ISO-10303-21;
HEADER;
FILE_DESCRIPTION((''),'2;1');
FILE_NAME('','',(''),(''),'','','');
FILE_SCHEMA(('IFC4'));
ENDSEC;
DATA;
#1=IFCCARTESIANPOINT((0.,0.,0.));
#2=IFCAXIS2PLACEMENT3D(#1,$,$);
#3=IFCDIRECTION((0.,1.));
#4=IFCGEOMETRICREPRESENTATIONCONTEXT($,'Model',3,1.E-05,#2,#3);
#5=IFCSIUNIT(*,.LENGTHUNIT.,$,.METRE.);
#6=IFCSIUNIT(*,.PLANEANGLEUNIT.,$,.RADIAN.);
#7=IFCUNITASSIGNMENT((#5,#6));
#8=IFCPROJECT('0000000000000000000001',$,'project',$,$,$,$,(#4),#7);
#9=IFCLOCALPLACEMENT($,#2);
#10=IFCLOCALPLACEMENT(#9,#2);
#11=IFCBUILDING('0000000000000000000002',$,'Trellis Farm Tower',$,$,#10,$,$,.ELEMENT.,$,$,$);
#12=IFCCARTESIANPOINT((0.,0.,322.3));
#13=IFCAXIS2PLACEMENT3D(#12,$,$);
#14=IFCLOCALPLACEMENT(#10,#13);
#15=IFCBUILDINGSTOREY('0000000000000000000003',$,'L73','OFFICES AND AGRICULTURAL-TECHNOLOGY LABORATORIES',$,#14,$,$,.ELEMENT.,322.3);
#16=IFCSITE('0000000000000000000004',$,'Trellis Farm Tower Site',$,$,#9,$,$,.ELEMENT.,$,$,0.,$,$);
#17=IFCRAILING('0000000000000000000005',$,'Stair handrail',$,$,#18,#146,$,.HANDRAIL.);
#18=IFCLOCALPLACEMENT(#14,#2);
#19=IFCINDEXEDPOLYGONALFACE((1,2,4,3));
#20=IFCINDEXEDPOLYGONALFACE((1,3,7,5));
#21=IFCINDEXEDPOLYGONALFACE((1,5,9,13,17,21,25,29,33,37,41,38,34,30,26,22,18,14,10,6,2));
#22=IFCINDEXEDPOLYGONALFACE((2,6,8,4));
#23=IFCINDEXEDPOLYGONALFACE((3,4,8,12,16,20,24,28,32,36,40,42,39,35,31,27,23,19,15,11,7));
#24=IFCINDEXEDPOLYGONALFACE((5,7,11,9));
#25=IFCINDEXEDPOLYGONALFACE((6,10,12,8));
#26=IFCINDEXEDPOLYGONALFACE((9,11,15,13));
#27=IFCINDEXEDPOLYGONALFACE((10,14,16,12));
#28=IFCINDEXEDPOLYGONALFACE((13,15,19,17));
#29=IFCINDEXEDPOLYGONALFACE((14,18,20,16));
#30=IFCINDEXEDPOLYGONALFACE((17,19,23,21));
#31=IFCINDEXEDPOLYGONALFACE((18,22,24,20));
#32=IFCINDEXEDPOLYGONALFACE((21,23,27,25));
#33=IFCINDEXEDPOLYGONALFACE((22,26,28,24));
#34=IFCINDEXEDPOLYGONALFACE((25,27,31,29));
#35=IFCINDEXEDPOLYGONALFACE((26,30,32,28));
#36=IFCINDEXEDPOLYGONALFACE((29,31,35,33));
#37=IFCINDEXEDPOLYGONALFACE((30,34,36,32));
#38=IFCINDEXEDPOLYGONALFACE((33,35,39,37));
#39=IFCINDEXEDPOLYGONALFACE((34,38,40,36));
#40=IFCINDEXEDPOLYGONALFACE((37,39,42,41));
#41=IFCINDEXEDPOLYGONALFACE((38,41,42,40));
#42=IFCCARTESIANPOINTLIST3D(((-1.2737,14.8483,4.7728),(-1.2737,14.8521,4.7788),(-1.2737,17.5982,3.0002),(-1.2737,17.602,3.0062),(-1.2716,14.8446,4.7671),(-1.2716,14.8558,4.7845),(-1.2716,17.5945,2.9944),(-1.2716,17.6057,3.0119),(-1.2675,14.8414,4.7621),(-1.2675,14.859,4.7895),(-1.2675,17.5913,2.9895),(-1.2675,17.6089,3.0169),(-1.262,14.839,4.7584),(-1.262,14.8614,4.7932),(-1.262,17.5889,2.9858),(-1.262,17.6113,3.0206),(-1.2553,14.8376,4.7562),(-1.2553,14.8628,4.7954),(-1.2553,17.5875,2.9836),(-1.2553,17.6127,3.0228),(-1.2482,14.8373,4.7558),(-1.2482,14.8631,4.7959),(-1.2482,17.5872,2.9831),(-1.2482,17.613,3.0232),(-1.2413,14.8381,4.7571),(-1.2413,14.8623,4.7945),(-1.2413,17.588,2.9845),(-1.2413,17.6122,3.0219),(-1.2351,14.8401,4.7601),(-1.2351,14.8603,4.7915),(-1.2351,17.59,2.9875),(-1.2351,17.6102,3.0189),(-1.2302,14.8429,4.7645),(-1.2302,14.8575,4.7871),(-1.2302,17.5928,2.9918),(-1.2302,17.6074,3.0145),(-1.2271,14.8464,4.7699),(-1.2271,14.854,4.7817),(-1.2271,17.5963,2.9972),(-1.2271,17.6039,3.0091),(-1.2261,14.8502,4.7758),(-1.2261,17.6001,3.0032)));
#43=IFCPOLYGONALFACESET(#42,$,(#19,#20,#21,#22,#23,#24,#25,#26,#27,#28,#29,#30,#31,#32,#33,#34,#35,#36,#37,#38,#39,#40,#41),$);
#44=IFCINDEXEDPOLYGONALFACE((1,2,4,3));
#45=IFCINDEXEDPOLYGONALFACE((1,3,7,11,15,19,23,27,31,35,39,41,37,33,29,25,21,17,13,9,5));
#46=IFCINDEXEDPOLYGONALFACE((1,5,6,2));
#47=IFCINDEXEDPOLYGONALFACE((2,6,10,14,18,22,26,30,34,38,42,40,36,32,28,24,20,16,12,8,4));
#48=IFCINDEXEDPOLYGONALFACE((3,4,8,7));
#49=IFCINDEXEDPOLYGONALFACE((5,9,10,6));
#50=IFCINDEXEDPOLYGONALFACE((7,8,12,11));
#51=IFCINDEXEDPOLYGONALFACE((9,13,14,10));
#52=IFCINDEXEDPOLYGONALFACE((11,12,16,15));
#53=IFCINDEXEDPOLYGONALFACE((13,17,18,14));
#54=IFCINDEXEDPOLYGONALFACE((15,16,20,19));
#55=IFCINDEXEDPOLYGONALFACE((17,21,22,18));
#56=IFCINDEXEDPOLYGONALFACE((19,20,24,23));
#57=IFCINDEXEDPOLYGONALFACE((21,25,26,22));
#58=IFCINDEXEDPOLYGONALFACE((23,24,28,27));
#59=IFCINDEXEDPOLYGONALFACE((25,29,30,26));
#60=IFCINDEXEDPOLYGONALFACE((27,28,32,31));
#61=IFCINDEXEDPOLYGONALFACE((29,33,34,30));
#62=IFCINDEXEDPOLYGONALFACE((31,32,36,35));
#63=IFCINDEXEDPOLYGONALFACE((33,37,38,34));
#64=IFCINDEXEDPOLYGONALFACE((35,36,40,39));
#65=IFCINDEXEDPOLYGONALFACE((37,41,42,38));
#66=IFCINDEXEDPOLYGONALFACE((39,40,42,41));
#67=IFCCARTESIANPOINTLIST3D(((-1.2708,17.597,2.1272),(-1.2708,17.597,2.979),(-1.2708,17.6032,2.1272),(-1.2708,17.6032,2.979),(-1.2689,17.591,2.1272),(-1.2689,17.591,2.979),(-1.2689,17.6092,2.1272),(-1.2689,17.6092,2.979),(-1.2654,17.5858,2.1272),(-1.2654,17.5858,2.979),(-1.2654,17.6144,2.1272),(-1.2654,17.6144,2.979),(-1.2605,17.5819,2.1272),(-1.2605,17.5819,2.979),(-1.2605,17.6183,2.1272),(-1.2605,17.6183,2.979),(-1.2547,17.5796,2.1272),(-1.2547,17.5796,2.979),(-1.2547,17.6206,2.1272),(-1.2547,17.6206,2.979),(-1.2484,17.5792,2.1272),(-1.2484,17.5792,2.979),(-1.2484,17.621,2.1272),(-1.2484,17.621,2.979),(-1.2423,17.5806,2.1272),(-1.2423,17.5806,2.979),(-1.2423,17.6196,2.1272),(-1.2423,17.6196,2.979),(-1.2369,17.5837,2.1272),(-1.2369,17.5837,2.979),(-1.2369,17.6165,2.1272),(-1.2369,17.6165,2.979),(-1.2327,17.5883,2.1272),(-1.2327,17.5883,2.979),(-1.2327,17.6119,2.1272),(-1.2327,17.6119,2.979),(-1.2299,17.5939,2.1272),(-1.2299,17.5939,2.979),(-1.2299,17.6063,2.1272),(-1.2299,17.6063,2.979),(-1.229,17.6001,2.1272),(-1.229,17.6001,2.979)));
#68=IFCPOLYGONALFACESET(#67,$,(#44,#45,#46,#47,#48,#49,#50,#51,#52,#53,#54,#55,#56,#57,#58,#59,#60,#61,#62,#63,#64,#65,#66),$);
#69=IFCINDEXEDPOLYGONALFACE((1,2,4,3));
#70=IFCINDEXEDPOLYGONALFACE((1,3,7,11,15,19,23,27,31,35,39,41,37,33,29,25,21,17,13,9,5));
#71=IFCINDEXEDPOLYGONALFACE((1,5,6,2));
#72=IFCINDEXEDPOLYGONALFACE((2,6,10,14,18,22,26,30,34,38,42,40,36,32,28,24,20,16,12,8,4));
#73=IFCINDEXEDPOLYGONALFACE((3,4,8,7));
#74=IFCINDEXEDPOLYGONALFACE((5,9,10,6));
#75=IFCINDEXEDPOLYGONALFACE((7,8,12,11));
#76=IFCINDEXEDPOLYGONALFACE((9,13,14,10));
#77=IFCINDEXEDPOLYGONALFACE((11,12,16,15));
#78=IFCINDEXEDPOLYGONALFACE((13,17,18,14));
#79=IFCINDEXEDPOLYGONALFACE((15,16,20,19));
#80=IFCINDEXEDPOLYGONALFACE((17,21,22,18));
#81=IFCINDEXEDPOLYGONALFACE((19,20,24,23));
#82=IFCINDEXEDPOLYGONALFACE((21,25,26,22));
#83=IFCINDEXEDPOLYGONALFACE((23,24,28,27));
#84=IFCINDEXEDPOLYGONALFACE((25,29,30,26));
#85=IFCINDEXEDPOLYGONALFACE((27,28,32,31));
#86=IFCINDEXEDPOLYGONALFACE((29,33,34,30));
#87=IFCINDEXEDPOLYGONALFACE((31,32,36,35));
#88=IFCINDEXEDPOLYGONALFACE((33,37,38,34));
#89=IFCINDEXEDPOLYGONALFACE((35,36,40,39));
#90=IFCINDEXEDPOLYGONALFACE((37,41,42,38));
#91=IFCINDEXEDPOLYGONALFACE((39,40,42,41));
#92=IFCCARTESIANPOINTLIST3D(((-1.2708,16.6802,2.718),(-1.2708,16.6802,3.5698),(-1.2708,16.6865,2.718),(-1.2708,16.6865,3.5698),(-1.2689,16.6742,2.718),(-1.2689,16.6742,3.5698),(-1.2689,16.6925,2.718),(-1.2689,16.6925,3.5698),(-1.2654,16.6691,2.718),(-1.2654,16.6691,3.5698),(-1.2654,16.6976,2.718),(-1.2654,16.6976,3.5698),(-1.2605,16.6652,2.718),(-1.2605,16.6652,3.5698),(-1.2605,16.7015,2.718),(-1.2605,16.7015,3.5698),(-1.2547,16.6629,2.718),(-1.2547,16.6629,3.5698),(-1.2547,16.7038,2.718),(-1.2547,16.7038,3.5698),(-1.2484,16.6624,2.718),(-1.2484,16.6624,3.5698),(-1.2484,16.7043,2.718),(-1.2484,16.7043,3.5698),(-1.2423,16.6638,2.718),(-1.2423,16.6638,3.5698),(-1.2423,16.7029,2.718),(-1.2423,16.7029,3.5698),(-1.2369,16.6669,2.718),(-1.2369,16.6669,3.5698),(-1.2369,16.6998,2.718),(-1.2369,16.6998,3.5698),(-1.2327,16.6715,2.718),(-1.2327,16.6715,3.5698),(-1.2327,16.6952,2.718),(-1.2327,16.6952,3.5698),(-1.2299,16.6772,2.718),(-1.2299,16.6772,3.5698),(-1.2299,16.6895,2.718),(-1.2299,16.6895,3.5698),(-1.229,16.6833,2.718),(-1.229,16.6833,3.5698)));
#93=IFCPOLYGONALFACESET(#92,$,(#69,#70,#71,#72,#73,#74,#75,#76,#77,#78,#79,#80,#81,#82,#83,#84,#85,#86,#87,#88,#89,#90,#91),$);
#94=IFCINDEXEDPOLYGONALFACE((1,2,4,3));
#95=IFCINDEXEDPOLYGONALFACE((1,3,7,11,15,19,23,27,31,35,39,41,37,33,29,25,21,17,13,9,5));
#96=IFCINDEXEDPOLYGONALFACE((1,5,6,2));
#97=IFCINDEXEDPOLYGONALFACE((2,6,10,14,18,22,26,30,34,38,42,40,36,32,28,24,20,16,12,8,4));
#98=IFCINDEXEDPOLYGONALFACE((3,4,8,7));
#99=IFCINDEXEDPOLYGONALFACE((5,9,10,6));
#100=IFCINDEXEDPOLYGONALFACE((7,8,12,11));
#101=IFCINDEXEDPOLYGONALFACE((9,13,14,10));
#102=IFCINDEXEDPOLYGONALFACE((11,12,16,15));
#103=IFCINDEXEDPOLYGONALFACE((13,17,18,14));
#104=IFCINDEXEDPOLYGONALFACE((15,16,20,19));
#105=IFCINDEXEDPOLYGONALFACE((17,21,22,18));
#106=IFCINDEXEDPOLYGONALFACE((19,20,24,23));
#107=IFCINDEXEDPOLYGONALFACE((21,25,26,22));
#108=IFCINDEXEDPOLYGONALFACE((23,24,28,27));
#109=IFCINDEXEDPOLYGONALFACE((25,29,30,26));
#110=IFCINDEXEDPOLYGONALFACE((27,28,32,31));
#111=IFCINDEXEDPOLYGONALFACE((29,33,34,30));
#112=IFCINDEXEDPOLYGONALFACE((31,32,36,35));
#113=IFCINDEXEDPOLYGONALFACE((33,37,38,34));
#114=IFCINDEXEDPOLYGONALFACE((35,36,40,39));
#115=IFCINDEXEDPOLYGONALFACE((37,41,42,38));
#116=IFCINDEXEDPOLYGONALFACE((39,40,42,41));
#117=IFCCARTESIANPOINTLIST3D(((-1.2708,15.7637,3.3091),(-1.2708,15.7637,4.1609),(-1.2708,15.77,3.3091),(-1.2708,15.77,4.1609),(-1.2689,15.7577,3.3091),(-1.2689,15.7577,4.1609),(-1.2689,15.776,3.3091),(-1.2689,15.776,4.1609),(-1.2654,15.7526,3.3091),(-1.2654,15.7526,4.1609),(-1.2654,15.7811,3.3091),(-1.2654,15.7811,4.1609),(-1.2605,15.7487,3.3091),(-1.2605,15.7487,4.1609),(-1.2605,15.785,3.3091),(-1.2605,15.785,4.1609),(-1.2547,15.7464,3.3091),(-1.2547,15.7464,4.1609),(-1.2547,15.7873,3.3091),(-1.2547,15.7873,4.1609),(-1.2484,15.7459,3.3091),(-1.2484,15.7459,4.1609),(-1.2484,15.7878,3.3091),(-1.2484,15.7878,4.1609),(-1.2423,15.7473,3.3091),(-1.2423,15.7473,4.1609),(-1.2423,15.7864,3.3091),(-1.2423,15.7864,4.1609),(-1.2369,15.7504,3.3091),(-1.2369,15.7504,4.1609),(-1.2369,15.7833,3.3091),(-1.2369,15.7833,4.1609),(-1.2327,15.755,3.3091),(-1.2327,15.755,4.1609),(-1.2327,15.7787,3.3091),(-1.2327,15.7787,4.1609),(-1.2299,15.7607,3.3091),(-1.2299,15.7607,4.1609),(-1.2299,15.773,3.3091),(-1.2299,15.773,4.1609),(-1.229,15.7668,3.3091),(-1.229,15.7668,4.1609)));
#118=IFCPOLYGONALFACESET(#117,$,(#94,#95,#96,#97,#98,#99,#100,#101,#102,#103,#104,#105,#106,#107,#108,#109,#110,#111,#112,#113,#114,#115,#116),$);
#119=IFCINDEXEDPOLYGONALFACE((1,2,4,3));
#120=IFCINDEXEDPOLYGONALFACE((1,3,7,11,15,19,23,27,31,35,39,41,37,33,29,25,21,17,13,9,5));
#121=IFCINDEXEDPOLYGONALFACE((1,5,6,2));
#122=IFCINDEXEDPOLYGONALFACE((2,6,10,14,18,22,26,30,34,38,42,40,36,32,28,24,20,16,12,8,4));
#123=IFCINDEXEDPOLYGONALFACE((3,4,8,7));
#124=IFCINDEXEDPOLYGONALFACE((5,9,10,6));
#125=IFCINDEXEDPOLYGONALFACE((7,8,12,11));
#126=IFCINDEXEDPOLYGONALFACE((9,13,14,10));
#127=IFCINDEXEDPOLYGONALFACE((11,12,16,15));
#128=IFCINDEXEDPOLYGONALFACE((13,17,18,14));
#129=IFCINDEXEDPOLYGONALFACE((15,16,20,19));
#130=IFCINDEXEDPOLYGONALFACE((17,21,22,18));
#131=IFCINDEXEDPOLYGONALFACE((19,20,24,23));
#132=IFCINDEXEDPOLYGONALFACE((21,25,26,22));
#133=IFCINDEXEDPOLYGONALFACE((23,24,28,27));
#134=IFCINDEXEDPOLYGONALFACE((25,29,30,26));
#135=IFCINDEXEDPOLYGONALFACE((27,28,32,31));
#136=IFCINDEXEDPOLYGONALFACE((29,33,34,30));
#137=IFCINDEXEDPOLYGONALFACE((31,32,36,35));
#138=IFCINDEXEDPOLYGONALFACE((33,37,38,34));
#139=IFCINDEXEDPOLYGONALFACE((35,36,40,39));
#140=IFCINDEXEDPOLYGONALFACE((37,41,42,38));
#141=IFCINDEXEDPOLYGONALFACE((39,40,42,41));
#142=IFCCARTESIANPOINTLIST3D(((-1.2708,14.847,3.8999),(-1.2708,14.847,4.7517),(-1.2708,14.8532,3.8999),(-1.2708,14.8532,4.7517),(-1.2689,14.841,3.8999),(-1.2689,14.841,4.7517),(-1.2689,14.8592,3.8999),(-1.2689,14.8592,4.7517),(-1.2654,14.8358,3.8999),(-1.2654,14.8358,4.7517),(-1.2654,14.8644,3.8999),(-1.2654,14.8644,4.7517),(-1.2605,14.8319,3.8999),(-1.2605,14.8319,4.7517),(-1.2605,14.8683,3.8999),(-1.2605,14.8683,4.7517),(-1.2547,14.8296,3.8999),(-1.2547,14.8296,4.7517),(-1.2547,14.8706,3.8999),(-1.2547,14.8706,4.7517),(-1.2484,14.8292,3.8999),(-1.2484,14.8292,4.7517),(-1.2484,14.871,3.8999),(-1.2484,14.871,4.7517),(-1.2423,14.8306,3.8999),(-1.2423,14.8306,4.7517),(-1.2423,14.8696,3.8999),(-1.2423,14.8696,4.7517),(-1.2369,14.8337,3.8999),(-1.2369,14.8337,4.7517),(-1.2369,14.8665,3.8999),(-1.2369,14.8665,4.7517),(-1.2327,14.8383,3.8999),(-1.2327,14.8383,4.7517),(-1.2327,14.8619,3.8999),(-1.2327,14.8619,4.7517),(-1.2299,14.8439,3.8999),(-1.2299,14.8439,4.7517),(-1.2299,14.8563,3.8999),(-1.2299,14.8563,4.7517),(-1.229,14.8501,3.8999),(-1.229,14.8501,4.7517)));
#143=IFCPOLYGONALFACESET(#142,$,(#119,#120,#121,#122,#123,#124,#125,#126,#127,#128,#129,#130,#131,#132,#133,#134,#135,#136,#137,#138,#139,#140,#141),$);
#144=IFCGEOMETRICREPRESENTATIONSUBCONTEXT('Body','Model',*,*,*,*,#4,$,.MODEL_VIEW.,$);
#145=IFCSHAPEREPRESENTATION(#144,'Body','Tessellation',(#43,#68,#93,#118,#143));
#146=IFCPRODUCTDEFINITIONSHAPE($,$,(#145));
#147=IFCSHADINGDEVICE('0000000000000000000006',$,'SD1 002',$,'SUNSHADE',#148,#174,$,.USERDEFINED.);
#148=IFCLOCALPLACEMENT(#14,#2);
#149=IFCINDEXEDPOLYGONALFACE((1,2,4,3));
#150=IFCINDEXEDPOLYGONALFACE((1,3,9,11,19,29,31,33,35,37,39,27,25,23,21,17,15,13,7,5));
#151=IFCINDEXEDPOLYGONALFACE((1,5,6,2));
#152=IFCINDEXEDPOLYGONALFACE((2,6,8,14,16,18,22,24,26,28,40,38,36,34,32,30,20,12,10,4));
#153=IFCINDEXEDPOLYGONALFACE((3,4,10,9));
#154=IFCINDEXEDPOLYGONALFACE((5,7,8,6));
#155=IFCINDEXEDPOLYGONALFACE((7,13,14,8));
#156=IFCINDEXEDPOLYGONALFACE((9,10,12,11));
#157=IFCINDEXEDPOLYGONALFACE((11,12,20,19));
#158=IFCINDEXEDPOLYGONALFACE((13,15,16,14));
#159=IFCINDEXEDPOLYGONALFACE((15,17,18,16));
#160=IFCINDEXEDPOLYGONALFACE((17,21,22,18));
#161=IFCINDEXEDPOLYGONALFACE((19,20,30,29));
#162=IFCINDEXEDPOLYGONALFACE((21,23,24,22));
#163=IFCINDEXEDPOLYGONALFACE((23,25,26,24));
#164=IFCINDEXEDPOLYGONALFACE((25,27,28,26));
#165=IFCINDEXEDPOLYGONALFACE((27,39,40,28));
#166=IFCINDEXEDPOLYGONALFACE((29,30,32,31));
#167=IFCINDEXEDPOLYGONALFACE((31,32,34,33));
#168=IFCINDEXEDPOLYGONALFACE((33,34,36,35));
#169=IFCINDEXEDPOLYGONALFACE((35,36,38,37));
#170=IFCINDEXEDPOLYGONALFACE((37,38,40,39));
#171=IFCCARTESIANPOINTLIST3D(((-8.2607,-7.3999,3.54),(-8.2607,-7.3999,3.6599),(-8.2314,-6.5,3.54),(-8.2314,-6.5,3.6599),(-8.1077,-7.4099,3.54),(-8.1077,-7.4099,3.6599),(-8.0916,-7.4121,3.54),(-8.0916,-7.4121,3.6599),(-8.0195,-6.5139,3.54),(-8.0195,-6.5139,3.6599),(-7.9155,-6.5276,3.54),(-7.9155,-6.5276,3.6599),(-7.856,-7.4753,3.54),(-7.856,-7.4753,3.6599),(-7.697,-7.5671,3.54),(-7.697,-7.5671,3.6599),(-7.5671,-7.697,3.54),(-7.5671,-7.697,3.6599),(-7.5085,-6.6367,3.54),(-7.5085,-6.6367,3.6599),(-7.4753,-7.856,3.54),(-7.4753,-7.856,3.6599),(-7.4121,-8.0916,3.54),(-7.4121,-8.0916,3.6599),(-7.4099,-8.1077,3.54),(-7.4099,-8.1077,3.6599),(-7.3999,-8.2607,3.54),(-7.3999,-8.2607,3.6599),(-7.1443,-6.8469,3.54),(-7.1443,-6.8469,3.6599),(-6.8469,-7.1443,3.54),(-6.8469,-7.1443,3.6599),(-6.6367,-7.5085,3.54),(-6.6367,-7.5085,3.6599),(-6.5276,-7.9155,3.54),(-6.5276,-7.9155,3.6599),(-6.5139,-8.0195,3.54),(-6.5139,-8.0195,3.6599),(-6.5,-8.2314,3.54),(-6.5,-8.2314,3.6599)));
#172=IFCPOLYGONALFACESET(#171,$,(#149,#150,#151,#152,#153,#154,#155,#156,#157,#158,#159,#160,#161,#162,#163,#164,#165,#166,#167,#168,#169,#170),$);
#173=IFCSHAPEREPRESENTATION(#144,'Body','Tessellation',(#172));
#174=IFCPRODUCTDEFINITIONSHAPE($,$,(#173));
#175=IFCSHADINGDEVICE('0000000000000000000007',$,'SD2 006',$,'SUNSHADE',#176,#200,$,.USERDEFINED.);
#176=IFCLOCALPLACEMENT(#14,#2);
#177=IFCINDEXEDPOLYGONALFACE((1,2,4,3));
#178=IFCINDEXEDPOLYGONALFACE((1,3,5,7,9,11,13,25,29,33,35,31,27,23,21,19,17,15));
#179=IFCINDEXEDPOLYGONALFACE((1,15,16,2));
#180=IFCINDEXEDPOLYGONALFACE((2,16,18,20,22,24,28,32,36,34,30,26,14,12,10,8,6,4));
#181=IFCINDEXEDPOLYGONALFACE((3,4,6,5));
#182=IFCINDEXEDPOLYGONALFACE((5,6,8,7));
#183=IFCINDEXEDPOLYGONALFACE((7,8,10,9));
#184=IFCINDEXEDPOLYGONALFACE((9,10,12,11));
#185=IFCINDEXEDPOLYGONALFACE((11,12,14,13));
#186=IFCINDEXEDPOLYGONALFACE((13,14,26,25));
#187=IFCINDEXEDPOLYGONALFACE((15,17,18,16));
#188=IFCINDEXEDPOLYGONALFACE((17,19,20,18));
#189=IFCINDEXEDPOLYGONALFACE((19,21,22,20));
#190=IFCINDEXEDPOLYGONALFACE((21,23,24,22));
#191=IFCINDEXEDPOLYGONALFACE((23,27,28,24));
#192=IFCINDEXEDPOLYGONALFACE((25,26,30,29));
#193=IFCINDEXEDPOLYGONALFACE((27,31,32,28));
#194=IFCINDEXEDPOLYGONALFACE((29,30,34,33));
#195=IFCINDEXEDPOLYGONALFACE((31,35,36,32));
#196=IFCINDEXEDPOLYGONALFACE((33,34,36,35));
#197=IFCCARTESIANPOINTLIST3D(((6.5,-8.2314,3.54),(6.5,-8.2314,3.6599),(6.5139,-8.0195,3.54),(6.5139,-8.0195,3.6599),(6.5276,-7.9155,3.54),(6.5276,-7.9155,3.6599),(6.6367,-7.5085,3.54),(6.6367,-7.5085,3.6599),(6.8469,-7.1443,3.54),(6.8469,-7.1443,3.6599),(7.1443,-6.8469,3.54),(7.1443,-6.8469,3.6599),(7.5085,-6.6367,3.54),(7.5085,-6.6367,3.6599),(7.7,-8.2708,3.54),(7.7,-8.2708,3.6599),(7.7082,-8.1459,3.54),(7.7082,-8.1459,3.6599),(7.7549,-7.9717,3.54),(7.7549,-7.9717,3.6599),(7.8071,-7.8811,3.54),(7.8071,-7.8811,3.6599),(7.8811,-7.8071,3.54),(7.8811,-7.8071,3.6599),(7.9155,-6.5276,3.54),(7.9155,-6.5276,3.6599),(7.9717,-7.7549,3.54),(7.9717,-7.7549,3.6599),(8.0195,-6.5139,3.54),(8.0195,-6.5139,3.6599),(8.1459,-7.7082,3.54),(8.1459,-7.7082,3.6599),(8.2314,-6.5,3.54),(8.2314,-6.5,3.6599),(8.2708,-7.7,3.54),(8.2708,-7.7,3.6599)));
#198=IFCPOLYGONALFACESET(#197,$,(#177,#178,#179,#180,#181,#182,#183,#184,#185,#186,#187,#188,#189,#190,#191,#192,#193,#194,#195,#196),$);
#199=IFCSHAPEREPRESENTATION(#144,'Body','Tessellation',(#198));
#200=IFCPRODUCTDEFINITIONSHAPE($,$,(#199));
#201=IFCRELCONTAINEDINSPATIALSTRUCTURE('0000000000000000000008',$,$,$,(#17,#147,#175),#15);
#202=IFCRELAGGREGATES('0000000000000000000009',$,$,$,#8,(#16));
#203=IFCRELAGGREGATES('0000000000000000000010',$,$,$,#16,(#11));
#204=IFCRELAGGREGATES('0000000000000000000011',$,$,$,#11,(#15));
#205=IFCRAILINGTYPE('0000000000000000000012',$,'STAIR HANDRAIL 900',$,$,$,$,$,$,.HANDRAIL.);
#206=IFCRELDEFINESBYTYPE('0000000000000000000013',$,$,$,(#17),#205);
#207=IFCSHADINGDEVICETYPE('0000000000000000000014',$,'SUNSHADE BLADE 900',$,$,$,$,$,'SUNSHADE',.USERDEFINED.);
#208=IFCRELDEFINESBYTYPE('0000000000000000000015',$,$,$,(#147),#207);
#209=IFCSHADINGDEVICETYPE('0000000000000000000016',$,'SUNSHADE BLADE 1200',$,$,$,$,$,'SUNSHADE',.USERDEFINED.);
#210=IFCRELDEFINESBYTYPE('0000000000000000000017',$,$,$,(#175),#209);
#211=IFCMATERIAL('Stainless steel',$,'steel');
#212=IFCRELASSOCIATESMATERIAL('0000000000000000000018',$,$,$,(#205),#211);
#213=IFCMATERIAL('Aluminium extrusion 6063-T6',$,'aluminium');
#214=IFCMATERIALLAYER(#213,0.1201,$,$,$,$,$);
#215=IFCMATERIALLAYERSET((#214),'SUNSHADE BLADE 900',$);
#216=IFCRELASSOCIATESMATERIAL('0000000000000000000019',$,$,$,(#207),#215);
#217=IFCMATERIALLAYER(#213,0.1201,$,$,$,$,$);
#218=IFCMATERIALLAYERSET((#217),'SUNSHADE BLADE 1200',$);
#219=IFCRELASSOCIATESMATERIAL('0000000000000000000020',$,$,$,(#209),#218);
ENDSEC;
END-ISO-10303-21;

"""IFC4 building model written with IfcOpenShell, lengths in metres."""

from ifc_helpers import new_model, si_unit, direction, frame, origin, origin_2d, place, context, subcontext, project, spatial, polyline, circle, outline, extrude, source, transform, mapped, material, layer, layer_set, type_object, element, save


model = new_model("IFC4")

# Units and contexts
model_context = context("Model", 3, precision=1e-05, world=origin(), true_north=direction((0.0, 1.0)))
body_context = subcontext(model_context, "Body", "Model", "MODEL_VIEW")
ifc_project = project(units=[si_unit("LENGTHUNIT", "METRE"), si_unit("PLANEANGLEUNIT", "RADIAN")], contexts=[model_context])

# Site, building, storey
site_placement = place(None, origin())
site = spatial("IfcSite", under=ifc_project, at=site_placement, Name="Trellis Farm Tower Site", CompositionType="ELEMENT", RefElevation=0.0)
building_placement = place(site_placement, origin())
building = spatial("IfcBuilding", under=site, at=building_placement, Name="Trellis Farm Tower", CompositionType="ELEMENT")
storey_placement = place(building_placement, frame((0.0, 0.0, 322.3)))
storey = spatial("IfcBuildingStorey", under=building, at=storey_placement, Name="L73", Description="OFFICES AND AGRICULTURAL-TECHNOLOGY LABORATORIES", CompositionType="ELEMENT", Elevation=322.3)

# Shared definitions
ifc_material_1 = material(Name="Aluminium extrusion 6063-T6", Category="aluminium")

# Railing
ifc_material_2 = material(Name="Stainless steel", Category="steel")
railing_type = type_object("IfcRailingType", Name="STAIR HANDRAIL 900", PredefinedType="HANDRAIL", material=ifc_material_2)
shared_shape_1 = source(origin(), body_context, "Body", "SweptSolid", [
    extrude(circle(Radius=0.0239, at=origin_2d()), frame((0.0, 0.0, 0.876), z_axis=(0.0, -0.840504, 0.541806), x_axis=(1.0, 0.0, 0.0)), (0.0, 0.0, 1.0), 3.2717),
    extrude(circle(Radius=0.021, at=origin_2d()), origin(), (0.0, 0.0, 1.0), 0.8518),
    extrude(circle(Radius=0.021, at=origin_2d()), frame((0.0, -0.9167, 0.5908)), (0.0, 0.0, 1.0), 0.8518),
    extrude(circle(Radius=0.021, at=origin_2d()), frame((0.0, -1.8333, 1.1819)), (0.0, 0.0, 1.0), 0.8518),
    extrude(circle(Radius=0.021, at=origin_2d()), frame((0.0, -2.75, 1.7727)), (0.0, 0.0, 1.0), 0.8518),
])
railing_placement = place(storey_placement, frame((-1.25, 17.6001, 2.1272)))
element("IfcRailing", 1, at=railing_placement, inside=storey, type_object=railing_type, Name="Stair handrail", PredefinedType="HANDRAIL", context=body_context, shape_type="MappedRepresentation", body=[
    mapped(shared_shape_1, transform((0.0, 0.0, 0.0))),
])

# Shading devices
ifc_layer_1 = layer(ifc_material_1, 0.1201)
ifc_layer_set_1 = layer_set([ifc_layer_1], Name="SUNSHADE BLADE 900")
shading_device_type_1 = type_object("IfcShadingDeviceType", Name="SUNSHADE BLADE 900", ElementType="SUNSHADE", PredefinedType="USERDEFINED", material=ifc_layer_set_1)
shared_shape_2 = source(origin(), body_context, "Body", "SweptSolid", [
    extrude(outline(polyline([(-8.2607, -7.3999), (-8.1077, -7.4099), (-8.0916, -7.4121), (-7.856, -7.4753), (-7.697, -7.5671), (-7.5671, -7.697), (-7.4753, -7.856), (-7.4121, -8.0916), (-7.4099, -8.1077), (-7.3999, -8.2607), (-6.5, -8.2314), (-6.5139, -8.0195), (-6.5276, -7.9155), (-6.6367, -7.5085), (-6.8469, -7.1443), (-7.1443, -6.8469), (-7.5085, -6.6367), (-7.9155, -6.5276), (-8.0195, -6.5139), (-8.2314, -6.5), (-8.2607, -7.3999)])), origin(), (0.0, 0.0, 1.0), 0.1199),
])
placement_1 = place(storey_placement, frame((0.0, 0.0, 3.54)))
element("IfcShadingDevice", 2, at=placement_1, inside=storey, type_object=shading_device_type_1, Name="SD1 002", ObjectType="SUNSHADE", PredefinedType="USERDEFINED", context=body_context, shape_type="MappedRepresentation", body=[
    mapped(shared_shape_2, transform((0.0, 0.0, 0.0))),
])
ifc_layer_2 = layer(ifc_material_1, 0.1201)
ifc_layer_set_2 = layer_set([ifc_layer_2], Name="SUNSHADE BLADE 1200")
shading_device_type_2 = type_object("IfcShadingDeviceType", Name="SUNSHADE BLADE 1200", ElementType="SUNSHADE", PredefinedType="USERDEFINED", material=ifc_layer_set_2)
shared_shape_3 = source(origin(), body_context, "Body", "SweptSolid", [
    extrude(outline(polyline([(7.7, -8.2708), (7.7087, -8.1372), (7.707, -8.1501), (7.7549, -7.9717), (7.8071, -7.8811), (7.8811, -7.8071), (7.9717, -7.7549), (8.1501, -7.707), (8.1372, -7.7087), (8.2708, -7.7), (8.2314, -6.5), (8.0195, -6.5139), (7.9155, -6.5276), (7.5085, -6.6367), (7.1443, -6.8469), (6.8469, -7.1443), (6.6367, -7.5085), (6.5276, -7.9155), (6.5139, -8.0195), (6.5, -8.2314), (7.7, -8.2708)])), origin(), (0.0, 0.0, 1.0), 0.1199),
])
element("IfcShadingDevice", 3, at=placement_1, inside=storey, type_object=shading_device_type_2, Name="SD2 006", ObjectType="SUNSHADE", PredefinedType="USERDEFINED", context=body_context, shape_type="MappedRepresentation", body=[
    mapped(shared_shape_3, transform((0.0, 0.0, 0.0))),
])

save(model, "model.ifc")
